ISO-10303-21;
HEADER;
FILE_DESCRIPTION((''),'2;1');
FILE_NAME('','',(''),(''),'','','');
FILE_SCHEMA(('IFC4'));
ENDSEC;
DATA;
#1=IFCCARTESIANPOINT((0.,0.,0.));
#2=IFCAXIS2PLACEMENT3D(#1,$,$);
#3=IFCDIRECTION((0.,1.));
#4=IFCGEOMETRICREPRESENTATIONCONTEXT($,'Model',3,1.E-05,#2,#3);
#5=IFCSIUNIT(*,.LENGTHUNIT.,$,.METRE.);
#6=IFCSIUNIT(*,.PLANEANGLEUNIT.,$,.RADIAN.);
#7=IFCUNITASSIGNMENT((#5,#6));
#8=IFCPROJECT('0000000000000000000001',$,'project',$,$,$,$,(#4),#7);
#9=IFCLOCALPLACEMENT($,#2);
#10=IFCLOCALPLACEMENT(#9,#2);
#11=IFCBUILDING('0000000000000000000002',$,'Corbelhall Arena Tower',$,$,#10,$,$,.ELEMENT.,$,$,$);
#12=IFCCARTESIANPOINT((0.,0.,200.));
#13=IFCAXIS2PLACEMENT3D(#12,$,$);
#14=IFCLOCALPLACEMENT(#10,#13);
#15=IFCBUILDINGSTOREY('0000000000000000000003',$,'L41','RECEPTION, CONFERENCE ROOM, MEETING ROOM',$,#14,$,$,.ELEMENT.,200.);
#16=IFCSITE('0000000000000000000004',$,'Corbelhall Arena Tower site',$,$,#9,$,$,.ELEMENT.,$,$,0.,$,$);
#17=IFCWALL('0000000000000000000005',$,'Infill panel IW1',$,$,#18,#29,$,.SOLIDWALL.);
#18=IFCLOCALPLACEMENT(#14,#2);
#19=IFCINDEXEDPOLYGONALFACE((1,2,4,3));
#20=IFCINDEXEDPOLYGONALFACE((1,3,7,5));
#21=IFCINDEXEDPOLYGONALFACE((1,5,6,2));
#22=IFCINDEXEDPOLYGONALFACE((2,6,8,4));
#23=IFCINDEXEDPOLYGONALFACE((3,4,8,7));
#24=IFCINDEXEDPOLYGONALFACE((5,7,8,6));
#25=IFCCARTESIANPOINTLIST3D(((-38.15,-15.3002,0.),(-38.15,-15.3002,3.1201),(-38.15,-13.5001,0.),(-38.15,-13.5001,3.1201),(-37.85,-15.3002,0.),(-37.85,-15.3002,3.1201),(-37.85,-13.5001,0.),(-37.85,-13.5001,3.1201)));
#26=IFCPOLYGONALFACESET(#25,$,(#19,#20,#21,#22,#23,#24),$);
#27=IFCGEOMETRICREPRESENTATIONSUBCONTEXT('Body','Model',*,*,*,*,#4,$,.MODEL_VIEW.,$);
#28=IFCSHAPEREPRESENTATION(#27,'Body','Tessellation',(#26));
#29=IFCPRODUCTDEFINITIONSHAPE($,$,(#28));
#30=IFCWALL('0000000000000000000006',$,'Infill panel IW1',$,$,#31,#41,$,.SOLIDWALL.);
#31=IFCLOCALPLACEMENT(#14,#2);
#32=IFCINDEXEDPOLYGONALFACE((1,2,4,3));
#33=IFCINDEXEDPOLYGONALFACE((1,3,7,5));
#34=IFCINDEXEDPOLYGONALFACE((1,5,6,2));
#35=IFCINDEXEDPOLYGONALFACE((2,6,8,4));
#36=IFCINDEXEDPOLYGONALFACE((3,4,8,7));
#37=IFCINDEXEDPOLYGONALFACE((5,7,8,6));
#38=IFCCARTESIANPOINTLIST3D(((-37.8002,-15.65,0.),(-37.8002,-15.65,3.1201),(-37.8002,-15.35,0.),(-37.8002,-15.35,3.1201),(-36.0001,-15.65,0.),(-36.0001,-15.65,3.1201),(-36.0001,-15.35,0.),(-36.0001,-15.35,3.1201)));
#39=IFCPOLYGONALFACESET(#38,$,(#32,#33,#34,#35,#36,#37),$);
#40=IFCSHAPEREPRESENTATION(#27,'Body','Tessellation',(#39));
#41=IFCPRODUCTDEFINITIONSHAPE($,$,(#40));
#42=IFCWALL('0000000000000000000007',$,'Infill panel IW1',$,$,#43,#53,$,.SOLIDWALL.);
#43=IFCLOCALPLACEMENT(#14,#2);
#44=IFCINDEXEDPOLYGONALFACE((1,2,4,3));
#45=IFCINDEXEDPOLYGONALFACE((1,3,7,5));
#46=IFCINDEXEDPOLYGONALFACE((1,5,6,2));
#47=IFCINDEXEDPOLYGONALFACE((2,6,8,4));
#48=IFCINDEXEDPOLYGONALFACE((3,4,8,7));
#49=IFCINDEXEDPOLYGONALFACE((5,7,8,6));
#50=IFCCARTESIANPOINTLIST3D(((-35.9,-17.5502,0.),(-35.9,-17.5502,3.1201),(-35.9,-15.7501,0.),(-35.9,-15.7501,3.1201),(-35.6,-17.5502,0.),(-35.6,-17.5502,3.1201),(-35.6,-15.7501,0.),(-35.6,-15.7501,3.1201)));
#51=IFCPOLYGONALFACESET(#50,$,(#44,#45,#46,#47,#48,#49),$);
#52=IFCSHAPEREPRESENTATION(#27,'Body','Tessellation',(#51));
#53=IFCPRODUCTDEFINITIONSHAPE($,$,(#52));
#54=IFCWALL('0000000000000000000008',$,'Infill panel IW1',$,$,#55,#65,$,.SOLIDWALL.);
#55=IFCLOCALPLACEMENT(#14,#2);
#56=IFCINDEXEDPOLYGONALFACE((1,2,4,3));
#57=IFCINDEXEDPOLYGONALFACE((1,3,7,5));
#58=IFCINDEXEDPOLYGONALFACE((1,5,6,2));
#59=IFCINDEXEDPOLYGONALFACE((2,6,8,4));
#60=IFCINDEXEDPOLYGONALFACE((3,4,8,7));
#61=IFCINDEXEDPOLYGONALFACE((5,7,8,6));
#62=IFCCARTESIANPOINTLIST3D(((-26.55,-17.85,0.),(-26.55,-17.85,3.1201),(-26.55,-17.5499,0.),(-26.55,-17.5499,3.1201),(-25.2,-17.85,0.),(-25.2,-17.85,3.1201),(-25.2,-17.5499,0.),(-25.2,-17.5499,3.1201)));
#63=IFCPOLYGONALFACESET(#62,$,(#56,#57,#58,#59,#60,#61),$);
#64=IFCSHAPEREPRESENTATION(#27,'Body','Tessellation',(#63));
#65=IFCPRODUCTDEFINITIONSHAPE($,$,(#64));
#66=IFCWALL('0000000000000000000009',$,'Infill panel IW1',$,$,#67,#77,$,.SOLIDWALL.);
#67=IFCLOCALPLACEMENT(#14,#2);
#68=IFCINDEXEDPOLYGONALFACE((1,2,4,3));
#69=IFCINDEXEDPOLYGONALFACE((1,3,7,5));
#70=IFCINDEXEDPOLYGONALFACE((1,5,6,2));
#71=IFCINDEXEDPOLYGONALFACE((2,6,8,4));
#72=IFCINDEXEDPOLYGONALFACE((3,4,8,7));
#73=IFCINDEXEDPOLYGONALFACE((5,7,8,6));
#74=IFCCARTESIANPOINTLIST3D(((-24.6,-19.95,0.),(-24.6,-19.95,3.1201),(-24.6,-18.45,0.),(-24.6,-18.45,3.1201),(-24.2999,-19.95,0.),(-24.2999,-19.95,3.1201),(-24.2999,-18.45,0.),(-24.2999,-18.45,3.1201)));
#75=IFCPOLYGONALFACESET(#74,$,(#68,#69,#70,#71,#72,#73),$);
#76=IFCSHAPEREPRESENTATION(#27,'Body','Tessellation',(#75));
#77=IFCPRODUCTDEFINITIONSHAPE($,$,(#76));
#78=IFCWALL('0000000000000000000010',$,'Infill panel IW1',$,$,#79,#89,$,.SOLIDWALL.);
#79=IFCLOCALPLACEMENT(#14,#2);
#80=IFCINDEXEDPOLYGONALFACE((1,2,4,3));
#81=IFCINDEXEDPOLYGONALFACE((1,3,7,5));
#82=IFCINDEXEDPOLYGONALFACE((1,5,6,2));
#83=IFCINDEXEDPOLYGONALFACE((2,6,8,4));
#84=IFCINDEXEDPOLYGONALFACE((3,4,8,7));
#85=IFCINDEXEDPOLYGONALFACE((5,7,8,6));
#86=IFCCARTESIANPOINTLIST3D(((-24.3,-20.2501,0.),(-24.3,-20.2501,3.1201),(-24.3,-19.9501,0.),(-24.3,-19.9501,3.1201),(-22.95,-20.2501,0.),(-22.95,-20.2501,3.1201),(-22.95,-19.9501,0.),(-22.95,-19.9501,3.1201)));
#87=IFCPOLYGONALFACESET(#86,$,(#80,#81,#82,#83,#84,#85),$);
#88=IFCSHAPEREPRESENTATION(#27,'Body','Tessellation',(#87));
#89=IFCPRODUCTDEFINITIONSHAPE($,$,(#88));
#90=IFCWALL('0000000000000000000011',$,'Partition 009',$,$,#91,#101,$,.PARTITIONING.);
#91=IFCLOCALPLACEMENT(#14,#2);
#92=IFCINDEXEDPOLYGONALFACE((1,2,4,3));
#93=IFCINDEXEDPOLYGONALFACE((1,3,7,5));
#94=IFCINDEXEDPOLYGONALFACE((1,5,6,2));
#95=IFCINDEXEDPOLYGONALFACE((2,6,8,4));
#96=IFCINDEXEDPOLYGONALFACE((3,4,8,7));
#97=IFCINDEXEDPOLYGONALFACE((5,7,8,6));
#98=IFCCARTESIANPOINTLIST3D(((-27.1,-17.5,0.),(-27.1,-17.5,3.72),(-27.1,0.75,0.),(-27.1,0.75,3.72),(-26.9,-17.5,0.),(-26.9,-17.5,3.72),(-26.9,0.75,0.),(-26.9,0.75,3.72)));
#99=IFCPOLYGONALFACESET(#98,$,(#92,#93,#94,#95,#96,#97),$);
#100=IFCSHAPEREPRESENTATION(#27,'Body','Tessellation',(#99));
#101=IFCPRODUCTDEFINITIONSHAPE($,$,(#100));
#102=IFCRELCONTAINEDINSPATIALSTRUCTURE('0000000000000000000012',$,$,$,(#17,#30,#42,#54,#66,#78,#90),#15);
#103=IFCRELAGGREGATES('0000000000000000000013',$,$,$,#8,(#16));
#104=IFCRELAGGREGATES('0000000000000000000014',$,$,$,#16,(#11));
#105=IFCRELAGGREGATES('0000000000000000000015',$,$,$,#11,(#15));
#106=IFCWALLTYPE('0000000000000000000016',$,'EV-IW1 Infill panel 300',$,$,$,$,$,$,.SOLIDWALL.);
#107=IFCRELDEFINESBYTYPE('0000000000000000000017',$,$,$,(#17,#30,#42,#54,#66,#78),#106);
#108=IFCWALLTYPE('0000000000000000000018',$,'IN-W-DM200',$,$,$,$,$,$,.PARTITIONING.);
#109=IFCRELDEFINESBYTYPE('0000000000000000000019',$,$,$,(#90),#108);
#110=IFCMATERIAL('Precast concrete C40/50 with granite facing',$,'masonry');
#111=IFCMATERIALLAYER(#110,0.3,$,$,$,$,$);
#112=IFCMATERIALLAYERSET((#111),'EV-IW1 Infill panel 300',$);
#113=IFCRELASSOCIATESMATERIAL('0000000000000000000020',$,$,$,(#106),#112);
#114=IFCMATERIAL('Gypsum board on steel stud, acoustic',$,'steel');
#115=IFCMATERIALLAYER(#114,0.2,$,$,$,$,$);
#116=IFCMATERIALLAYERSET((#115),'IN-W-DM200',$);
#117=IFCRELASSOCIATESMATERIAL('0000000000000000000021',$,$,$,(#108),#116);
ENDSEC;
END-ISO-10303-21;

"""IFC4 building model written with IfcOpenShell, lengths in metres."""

from ifc_helpers import new_model, si_unit, direction, frame, frame_2d, origin, place, context, subcontext, project, spatial, rectangle, extrude, material, layer, layer_set, type_object, element, save


model = new_model("IFC4")

# Units and contexts
model_context = context("Model", 3, precision=1e-05, world=origin(), true_north=direction((0.0, 1.0)))
body_context = subcontext(model_context, "Body", "Model", "MODEL_VIEW")
ifc_project = project(units=[si_unit("LENGTHUNIT", "METRE"), si_unit("PLANEANGLEUNIT", "RADIAN")], contexts=[model_context])

# Site, building, storey
site_placement = place(None, origin())
site = spatial("IfcSite", under=ifc_project, at=site_placement, Name="Corbelhall Arena Tower site", CompositionType="ELEMENT", RefElevation=0.0)
building_placement = place(site_placement, origin())
building = spatial("IfcBuilding", under=site, at=building_placement, Name="Corbelhall Arena Tower", CompositionType="ELEMENT")
storey_placement = place(building_placement, frame((0.0, 0.0, 200.0)))
storey = spatial("IfcBuildingStorey", under=building, at=storey_placement, Name="L41", Description="RECEPTION, CONFERENCE ROOM, MEETING ROOM", CompositionType="ELEMENT", Elevation=200.0)

# Walls
ifc_material_1 = material(Name="Precast concrete C40/50 with granite facing", Category="masonry")
ifc_layer_1 = layer(ifc_material_1, 0.3)
ifc_layer_set_1 = layer_set([ifc_layer_1], Name="EV-IW1 Infill panel 300")
wall_type_1 = type_object("IfcWallType", Name="EV-IW1 Infill panel 300", PredefinedType="SOLIDWALL", material=ifc_layer_set_1)
for number, where, z_axis, x_axis, name in (
    (1, (-38.0, -15.3, 0.0), (0.0, 0.0, 1.0), (0.0, 1.0, 0.0), "Infill panel IW1"),
    (2, (-37.8, -15.5, 0.0), (0.0, 0.0, 1.0), (1.0, 0.0, 0.0), "Infill panel IW1"),
    (3, (-35.75, -17.55, 0.0), (0.0, 0.0, 1.0), (0.0, 1.0, 0.0), "Infill panel IW1"),
):
    element("IfcWall", number, at=place(storey_placement, frame(where, z_axis=z_axis, x_axis=x_axis)), inside=storey, type_object=wall_type_1, Name=name, PredefinedType="SOLIDWALL", context=body_context, shape_type="SweptSolid", body=[
        extrude(rectangle(XDim=1.8, YDim=0.3, at=frame_2d((0.8999, 0.0))), origin(), (0.0, 0.0, 1.0), 3.1201),
    ])

# Walls
wall_1_placement = place(storey_placement, frame((-26.55, -17.7, 0.0), z_axis=(0.0, 0.0, 1.0), x_axis=(1.0, 0.0, 0.0)))
element("IfcWall", 4, at=wall_1_placement, inside=storey, type_object=wall_type_1, Name="Infill panel IW1", PredefinedType="SOLIDWALL", context=body_context, shape_type="SweptSolid", body=[
    extrude(rectangle(XDim=1.3501, YDim=0.3, at=frame_2d((0.675, 0.0))), origin(), (0.0, 0.0, 1.0), 3.1201),
])
wall_2_placement = place(storey_placement, frame((-24.45, -18.45, 0.0), z_axis=(0.0, 0.0, 1.0), x_axis=(0.0, -1.0, 0.0)))
element("IfcWall", 5, at=wall_2_placement, inside=storey, type_object=wall_type_1, Name="Infill panel IW1", PredefinedType="SOLIDWALL", context=body_context, shape_type="SweptSolid", body=[
    extrude(rectangle(XDim=1.5, YDim=0.3, at=frame_2d((0.75, 0.0))), origin(), (0.0, 0.0, 1.0), 3.1201),
])
wall_3_placement = place(storey_placement, frame((-24.3, -20.1001, 0.0), z_axis=(0.0, 0.0, 1.0), x_axis=(1.0, 0.0, 0.0)))
element("IfcWall", 6, at=wall_3_placement, inside=storey, type_object=wall_type_1, Name="Infill panel IW1", PredefinedType="SOLIDWALL", context=body_context, shape_type="SweptSolid", body=[
    extrude(rectangle(XDim=1.3501, YDim=0.3, at=frame_2d((0.675, 0.0))), origin(), (0.0, 0.0, 1.0), 3.1201),
])
ifc_material_2 = material(Name="Gypsum board on steel stud, acoustic", Category="steel")
ifc_layer_2 = layer(ifc_material_2, 0.2)
ifc_layer_set_2 = layer_set([ifc_layer_2], Name="IN-W-DM200")
wall_type_2 = type_object("IfcWallType", Name="IN-W-DM200", PredefinedType="PARTITIONING", material=ifc_layer_set_2)
wall_4_placement = place(storey_placement, frame((-27.0, -17.5, 0.0), z_axis=(0.0, 0.0, 1.0), x_axis=(0.0, 1.0, 0.0)))
element("IfcWall", 7, at=wall_4_placement, inside=storey, type_object=wall_type_2, Name="Partition 009", PredefinedType="PARTITIONING", context=body_context, shape_type="SweptSolid", body=[
    extrude(rectangle(XDim=18.25, YDim=0.2, at=frame_2d((9.125, 0.0))), origin(), (0.0, 0.0, 1.0), 3.72),
])

save(model, "model.ifc")
